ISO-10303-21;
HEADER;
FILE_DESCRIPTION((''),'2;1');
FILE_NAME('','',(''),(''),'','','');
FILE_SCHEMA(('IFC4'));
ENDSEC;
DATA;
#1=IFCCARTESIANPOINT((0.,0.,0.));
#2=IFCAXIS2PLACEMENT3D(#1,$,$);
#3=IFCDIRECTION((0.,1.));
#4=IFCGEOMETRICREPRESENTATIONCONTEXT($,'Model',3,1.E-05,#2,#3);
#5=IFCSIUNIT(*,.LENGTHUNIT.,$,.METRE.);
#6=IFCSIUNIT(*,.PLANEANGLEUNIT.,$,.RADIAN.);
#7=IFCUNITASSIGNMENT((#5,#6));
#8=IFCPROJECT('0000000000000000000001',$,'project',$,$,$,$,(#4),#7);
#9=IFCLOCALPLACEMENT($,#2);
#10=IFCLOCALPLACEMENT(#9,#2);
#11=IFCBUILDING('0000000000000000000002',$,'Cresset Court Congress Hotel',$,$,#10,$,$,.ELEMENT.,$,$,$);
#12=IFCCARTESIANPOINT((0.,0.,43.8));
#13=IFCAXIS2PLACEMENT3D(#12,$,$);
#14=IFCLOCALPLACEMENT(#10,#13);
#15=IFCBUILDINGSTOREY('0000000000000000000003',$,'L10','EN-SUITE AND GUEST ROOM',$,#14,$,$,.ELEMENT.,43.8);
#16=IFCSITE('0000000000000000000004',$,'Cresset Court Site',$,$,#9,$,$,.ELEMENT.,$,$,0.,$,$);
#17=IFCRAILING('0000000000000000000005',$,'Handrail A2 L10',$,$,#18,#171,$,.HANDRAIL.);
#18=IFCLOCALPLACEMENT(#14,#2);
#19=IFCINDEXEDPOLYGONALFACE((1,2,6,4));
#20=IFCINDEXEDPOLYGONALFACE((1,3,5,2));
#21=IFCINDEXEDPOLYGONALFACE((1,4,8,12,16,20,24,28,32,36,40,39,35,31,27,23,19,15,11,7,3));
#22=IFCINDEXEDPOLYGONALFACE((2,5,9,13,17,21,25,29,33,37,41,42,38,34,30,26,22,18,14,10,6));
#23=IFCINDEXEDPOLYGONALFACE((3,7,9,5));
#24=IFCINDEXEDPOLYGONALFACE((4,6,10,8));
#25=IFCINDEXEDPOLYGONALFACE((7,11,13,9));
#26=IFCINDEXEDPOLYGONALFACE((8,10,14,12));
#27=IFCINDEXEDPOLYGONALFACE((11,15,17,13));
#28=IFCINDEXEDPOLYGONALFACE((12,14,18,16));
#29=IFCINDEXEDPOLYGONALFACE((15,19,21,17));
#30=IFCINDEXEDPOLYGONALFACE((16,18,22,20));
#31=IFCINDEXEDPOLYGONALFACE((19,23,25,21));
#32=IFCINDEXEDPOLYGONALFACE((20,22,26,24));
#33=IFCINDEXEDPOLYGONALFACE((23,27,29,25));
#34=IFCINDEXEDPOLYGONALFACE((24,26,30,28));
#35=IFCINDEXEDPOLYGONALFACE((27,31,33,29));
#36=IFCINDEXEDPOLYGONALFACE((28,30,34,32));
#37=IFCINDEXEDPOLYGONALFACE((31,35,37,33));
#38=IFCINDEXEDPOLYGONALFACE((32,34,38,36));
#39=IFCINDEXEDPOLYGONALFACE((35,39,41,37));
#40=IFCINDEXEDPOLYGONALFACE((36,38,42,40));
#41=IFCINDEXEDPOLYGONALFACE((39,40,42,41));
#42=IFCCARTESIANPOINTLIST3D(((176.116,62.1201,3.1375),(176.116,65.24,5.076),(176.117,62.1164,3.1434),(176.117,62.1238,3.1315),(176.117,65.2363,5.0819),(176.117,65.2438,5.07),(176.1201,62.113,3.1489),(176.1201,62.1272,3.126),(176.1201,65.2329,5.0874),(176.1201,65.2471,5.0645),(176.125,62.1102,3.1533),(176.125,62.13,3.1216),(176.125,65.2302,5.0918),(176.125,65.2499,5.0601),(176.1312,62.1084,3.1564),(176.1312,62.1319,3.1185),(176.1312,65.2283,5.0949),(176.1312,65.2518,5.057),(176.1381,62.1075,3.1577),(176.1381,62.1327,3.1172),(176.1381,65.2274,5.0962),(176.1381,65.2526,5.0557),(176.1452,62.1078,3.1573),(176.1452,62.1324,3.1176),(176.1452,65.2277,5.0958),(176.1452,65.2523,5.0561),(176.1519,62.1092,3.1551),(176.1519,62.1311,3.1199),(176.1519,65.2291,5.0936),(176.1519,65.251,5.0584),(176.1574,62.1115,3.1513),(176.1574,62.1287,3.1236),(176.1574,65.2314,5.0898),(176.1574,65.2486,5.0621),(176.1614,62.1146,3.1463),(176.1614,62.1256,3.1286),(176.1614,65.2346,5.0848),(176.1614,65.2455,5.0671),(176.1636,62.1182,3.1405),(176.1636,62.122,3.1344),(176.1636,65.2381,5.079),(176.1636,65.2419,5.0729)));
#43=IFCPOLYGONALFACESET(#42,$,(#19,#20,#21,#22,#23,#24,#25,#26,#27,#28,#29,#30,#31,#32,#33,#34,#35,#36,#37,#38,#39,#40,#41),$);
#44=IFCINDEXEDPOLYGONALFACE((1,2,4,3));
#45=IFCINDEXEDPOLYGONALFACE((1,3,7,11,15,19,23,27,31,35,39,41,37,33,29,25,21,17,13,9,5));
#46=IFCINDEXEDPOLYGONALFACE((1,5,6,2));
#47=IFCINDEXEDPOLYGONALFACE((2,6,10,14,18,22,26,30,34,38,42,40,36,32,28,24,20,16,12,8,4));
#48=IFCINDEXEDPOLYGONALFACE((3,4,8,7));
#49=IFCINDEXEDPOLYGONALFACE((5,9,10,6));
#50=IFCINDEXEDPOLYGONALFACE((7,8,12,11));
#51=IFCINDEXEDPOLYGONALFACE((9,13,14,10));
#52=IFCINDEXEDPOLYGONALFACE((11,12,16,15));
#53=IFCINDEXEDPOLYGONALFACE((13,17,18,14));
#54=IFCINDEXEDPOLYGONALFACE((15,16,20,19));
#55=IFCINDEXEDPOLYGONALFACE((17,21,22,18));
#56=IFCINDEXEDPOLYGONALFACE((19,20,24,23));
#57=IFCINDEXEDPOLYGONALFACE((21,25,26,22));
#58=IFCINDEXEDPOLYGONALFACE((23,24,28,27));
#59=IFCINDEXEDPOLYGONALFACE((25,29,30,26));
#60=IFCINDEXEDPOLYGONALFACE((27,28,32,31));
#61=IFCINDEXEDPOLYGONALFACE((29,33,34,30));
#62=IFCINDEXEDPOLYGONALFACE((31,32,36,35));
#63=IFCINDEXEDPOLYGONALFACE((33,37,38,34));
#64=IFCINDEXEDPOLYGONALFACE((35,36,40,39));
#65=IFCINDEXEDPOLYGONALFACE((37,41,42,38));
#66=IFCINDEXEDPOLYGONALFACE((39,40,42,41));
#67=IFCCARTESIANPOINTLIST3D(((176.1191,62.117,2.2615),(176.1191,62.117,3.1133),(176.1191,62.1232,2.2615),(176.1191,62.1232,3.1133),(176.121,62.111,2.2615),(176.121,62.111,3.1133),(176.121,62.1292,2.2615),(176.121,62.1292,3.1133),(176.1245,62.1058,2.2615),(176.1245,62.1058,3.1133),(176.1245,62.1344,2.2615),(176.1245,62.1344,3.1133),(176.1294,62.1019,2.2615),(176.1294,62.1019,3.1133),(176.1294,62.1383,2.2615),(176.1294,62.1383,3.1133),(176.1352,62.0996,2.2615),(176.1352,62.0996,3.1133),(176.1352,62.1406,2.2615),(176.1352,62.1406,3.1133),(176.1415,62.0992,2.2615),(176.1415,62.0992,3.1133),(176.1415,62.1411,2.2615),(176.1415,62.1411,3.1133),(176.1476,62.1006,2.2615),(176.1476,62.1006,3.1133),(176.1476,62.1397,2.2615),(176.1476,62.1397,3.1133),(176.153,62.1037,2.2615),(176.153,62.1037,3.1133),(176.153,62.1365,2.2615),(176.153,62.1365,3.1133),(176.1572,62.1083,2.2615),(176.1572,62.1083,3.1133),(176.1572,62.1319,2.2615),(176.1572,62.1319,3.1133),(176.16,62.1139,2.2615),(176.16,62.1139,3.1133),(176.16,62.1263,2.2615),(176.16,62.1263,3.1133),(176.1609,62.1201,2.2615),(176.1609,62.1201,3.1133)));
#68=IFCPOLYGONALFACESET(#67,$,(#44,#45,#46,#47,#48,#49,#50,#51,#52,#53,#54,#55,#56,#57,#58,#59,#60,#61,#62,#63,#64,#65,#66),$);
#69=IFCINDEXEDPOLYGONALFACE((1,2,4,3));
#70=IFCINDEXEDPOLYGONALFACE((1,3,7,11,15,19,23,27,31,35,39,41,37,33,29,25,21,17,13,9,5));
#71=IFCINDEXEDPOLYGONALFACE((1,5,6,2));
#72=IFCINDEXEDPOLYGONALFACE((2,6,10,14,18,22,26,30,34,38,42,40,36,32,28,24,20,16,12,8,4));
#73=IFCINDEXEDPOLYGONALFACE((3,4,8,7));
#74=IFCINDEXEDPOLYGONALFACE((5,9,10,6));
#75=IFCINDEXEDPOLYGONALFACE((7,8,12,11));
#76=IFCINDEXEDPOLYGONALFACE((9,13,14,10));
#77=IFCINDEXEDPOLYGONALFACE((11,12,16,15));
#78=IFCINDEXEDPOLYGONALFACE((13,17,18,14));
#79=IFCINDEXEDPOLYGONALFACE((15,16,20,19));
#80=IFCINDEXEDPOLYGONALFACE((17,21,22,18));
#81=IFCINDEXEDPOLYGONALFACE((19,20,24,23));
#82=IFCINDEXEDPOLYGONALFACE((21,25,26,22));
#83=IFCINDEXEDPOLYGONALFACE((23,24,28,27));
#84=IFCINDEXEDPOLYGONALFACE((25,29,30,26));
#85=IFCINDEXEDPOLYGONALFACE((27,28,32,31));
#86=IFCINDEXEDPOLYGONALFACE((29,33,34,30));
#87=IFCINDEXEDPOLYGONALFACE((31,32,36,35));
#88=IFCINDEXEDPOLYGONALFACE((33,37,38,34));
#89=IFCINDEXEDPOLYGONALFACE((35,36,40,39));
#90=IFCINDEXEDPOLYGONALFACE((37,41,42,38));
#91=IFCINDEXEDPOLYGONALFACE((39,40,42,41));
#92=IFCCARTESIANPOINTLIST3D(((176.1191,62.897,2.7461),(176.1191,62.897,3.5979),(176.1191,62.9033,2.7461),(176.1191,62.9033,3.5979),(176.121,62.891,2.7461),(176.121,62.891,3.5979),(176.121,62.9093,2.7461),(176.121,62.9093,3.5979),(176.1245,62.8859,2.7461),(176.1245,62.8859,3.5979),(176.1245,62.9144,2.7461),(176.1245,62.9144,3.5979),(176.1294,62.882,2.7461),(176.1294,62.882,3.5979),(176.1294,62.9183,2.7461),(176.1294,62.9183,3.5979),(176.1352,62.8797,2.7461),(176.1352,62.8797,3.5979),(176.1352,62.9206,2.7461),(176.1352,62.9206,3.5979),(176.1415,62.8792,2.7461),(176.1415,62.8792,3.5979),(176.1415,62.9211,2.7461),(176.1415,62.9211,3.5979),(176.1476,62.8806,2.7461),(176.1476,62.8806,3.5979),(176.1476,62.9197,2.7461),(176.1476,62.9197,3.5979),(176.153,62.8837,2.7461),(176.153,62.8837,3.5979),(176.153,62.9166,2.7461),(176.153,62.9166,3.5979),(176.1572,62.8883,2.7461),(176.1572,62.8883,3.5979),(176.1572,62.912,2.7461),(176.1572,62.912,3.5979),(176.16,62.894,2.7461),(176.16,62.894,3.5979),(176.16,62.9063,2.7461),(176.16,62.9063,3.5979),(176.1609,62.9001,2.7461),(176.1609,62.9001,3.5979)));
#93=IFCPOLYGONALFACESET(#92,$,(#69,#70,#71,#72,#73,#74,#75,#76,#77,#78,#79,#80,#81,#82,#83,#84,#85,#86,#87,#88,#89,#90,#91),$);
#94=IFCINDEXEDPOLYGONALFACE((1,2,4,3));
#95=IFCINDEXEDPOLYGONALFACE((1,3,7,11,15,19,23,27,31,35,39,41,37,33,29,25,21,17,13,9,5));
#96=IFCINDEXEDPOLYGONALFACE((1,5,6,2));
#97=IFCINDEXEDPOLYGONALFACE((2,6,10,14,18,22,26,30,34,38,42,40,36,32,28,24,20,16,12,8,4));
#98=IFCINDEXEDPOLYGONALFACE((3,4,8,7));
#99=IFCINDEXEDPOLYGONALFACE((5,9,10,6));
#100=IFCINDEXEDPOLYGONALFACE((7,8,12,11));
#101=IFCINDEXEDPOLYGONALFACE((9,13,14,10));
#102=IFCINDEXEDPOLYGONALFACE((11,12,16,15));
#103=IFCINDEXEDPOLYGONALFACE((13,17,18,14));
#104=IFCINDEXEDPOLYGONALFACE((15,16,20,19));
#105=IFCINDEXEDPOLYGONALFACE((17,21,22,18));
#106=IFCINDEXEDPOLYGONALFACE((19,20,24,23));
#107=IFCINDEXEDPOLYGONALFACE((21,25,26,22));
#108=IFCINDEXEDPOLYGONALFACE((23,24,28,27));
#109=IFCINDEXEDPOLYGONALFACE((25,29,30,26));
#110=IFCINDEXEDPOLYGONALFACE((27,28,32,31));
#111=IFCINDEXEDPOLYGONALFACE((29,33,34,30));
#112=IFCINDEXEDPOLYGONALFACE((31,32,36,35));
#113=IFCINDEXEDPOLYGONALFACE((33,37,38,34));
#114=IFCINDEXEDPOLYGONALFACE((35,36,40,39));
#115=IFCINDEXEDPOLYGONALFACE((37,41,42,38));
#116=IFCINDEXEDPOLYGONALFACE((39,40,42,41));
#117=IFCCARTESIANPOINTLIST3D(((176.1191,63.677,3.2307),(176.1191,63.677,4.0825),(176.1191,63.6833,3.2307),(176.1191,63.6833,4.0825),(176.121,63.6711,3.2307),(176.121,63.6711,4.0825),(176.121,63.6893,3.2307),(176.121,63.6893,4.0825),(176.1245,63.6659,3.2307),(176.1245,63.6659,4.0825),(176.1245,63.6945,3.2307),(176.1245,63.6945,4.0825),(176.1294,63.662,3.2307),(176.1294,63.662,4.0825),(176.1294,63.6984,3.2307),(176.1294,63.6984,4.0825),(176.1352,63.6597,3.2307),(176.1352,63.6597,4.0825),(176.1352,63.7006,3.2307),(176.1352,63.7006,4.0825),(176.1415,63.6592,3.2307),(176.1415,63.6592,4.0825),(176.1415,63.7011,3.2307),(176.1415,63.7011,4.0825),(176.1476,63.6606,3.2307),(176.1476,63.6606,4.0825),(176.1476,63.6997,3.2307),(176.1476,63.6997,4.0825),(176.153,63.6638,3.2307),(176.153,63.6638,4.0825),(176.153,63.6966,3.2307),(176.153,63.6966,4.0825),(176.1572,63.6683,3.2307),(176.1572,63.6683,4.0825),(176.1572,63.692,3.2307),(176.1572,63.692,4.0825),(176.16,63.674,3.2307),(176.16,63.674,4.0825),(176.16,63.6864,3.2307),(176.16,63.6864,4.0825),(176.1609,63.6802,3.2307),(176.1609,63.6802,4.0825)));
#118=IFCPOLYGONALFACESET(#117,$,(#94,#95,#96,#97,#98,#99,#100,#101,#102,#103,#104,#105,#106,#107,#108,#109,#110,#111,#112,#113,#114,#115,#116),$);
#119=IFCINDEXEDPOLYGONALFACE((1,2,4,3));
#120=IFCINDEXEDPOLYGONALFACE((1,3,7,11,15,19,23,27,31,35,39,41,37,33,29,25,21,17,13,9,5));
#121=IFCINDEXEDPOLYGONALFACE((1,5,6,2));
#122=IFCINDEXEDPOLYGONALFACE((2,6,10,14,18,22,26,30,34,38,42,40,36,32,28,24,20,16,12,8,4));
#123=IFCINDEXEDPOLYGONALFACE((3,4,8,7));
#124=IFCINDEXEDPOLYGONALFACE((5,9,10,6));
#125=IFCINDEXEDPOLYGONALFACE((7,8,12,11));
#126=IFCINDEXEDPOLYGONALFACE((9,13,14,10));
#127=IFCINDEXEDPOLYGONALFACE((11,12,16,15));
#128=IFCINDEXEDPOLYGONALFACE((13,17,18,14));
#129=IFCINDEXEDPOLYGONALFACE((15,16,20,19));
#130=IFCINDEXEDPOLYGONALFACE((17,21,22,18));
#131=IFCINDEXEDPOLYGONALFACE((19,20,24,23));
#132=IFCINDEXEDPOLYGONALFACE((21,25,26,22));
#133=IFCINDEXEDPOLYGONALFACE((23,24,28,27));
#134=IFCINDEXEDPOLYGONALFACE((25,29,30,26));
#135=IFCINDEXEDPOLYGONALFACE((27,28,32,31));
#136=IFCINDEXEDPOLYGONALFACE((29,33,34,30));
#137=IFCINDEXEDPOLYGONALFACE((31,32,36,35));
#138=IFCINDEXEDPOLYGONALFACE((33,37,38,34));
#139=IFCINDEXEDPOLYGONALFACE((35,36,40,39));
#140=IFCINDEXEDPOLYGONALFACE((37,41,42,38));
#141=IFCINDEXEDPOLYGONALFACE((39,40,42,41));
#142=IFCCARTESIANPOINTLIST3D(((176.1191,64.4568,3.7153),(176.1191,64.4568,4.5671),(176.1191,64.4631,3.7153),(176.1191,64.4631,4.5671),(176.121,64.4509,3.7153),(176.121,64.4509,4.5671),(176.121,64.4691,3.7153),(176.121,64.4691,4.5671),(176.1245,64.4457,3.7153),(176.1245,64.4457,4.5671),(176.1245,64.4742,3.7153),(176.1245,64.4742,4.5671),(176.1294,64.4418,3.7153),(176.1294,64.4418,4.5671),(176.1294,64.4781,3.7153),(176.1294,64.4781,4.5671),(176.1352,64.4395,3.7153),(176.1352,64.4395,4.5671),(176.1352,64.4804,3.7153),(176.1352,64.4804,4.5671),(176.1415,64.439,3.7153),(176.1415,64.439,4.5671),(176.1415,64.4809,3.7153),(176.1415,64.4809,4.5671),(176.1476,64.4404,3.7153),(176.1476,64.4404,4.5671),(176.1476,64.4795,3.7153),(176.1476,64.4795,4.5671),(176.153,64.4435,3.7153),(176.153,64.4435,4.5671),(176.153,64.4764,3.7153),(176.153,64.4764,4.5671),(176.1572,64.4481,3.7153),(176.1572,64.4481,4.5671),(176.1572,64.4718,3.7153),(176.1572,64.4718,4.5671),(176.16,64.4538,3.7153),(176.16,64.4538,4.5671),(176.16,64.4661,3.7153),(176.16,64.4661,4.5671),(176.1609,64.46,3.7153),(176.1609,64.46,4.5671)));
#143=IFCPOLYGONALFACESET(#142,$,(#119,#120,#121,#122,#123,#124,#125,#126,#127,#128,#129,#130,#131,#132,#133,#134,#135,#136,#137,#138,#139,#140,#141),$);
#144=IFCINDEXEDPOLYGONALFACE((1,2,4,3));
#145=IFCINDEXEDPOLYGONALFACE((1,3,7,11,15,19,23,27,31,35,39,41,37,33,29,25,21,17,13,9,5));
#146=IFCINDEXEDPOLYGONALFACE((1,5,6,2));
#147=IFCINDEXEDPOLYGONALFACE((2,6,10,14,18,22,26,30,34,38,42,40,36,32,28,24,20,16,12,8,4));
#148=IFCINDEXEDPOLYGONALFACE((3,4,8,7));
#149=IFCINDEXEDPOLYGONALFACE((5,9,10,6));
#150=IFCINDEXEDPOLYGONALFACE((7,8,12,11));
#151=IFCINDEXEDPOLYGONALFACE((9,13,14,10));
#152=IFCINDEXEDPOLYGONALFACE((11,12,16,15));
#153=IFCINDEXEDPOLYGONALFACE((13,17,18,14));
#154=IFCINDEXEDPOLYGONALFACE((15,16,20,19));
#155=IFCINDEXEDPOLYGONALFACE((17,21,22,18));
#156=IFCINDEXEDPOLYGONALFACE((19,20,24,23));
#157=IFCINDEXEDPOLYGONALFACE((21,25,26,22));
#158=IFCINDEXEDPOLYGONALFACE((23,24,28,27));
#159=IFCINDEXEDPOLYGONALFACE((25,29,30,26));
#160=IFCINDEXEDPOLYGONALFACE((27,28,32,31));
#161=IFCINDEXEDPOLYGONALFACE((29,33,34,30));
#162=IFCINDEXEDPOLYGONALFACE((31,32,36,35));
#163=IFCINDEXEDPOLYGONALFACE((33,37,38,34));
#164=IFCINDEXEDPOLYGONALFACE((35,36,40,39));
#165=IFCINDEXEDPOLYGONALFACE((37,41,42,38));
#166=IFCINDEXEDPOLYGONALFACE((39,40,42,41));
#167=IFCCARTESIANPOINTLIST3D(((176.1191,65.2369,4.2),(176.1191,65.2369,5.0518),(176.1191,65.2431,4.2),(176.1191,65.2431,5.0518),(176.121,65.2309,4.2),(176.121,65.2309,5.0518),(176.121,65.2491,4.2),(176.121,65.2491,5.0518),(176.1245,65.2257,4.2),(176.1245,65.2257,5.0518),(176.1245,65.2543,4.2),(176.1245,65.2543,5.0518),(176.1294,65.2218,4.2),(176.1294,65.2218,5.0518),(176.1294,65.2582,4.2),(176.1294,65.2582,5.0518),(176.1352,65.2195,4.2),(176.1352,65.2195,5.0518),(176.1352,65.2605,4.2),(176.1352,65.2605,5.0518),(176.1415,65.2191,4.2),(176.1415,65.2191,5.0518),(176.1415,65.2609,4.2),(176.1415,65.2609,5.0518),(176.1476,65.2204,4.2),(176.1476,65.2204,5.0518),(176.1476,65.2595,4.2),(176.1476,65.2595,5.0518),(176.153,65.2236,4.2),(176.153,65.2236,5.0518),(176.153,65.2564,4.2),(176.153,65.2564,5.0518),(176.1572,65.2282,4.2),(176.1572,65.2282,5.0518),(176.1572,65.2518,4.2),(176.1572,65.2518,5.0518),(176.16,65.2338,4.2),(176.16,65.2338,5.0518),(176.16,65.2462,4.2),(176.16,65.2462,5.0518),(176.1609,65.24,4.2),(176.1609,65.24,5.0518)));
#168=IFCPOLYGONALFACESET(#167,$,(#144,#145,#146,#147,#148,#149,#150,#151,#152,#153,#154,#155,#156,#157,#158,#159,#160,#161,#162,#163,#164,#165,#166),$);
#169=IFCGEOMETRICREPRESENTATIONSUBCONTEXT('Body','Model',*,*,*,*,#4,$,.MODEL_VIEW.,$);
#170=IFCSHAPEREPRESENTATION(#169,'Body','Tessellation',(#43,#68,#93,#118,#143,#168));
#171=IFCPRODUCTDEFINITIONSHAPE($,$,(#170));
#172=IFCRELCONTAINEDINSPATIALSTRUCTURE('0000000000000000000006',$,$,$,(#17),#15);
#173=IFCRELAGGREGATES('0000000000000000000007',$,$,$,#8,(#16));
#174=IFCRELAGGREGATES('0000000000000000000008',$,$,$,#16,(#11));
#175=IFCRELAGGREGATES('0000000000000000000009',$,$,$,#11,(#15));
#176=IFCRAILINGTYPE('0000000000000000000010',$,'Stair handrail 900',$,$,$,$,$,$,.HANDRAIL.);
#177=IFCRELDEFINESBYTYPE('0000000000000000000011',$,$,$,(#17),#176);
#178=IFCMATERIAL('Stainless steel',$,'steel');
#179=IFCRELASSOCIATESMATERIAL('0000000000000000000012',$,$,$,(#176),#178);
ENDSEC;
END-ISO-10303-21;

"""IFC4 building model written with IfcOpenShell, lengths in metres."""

from ifc_helpers import new_model, si_unit, direction, frame, origin, origin_2d, place, context, subcontext, project, spatial, circle, extrude, material, type_object, element, save


model = new_model("IFC4")

# Units and contexts
model_context = context("Model", 3, precision=1e-05, world=origin(), true_north=direction((0.0, 1.0)))
body_context = subcontext(model_context, "Body", "Model", "MODEL_VIEW")
ifc_project = project(units=[si_unit("LENGTHUNIT", "METRE"), si_unit("PLANEANGLEUNIT", "RADIAN")], contexts=[model_context])

# Site, building, storey
site_placement = place(None, origin())
site = spatial("IfcSite", under=ifc_project, at=site_placement, Name="Cresset Court Site", CompositionType="ELEMENT", RefElevation=0.0)
building_placement = place(site_placement, origin())
building = spatial("IfcBuilding", under=site, at=building_placement, Name="Cresset Court Congress Hotel", CompositionType="ELEMENT")
storey_placement = place(building_placement, frame((0.0, 0.0, 43.8)))
storey = spatial("IfcBuildingStorey", under=building, at=storey_placement, Name="L10", Description="EN-SUITE AND GUEST ROOM", CompositionType="ELEMENT", Elevation=43.8)

# Railing
ifc_material_1 = material(Name="Stainless steel", Category="steel")
railing_type_1 = type_object("IfcRailingType", Name="Stair handrail 900", PredefinedType="HANDRAIL", material=ifc_material_1)
railing_1_placement = place(storey_placement, frame((176.1399, 62.1201, 2.2615)))
element("IfcRailing", 1, at=railing_1_placement, inside=storey, type_object=railing_type_1, Name="Handrail A2 L10", PredefinedType="HANDRAIL", context=body_context, shape_type="SweptSolid", body=[
    extrude(circle(Radius=0.0239, at=origin_2d()), frame((0.0, 0.0, 0.876), z_axis=(0.0, 0.849396, 0.527757), x_axis=(-1.0, 0.0, 0.0)), (0.0, 0.0, 1.0), 3.6731),
    extrude(circle(Radius=0.021, at=origin_2d()), origin(), (0.0, 0.0, 1.0), 0.8518),
    extrude(circle(Radius=0.021, at=origin_2d()), frame((0.0, 0.78, 0.4846)), (0.0, 0.0, 1.0), 0.8518),
    extrude(circle(Radius=0.021, at=origin_2d()), frame((0.0, 1.5601, 0.9692)), (0.0, 0.0, 1.0), 0.8518),
    extrude(circle(Radius=0.021, at=origin_2d()), frame((0.0, 2.3398, 1.4539)), (0.0, 0.0, 1.0), 0.8518),
    extrude(circle(Radius=0.021, at=origin_2d()), frame((0.0, 3.1199, 1.9385)), (0.0, 0.0, 1.0), 0.8518),
])

save(model, "model.ifc")
